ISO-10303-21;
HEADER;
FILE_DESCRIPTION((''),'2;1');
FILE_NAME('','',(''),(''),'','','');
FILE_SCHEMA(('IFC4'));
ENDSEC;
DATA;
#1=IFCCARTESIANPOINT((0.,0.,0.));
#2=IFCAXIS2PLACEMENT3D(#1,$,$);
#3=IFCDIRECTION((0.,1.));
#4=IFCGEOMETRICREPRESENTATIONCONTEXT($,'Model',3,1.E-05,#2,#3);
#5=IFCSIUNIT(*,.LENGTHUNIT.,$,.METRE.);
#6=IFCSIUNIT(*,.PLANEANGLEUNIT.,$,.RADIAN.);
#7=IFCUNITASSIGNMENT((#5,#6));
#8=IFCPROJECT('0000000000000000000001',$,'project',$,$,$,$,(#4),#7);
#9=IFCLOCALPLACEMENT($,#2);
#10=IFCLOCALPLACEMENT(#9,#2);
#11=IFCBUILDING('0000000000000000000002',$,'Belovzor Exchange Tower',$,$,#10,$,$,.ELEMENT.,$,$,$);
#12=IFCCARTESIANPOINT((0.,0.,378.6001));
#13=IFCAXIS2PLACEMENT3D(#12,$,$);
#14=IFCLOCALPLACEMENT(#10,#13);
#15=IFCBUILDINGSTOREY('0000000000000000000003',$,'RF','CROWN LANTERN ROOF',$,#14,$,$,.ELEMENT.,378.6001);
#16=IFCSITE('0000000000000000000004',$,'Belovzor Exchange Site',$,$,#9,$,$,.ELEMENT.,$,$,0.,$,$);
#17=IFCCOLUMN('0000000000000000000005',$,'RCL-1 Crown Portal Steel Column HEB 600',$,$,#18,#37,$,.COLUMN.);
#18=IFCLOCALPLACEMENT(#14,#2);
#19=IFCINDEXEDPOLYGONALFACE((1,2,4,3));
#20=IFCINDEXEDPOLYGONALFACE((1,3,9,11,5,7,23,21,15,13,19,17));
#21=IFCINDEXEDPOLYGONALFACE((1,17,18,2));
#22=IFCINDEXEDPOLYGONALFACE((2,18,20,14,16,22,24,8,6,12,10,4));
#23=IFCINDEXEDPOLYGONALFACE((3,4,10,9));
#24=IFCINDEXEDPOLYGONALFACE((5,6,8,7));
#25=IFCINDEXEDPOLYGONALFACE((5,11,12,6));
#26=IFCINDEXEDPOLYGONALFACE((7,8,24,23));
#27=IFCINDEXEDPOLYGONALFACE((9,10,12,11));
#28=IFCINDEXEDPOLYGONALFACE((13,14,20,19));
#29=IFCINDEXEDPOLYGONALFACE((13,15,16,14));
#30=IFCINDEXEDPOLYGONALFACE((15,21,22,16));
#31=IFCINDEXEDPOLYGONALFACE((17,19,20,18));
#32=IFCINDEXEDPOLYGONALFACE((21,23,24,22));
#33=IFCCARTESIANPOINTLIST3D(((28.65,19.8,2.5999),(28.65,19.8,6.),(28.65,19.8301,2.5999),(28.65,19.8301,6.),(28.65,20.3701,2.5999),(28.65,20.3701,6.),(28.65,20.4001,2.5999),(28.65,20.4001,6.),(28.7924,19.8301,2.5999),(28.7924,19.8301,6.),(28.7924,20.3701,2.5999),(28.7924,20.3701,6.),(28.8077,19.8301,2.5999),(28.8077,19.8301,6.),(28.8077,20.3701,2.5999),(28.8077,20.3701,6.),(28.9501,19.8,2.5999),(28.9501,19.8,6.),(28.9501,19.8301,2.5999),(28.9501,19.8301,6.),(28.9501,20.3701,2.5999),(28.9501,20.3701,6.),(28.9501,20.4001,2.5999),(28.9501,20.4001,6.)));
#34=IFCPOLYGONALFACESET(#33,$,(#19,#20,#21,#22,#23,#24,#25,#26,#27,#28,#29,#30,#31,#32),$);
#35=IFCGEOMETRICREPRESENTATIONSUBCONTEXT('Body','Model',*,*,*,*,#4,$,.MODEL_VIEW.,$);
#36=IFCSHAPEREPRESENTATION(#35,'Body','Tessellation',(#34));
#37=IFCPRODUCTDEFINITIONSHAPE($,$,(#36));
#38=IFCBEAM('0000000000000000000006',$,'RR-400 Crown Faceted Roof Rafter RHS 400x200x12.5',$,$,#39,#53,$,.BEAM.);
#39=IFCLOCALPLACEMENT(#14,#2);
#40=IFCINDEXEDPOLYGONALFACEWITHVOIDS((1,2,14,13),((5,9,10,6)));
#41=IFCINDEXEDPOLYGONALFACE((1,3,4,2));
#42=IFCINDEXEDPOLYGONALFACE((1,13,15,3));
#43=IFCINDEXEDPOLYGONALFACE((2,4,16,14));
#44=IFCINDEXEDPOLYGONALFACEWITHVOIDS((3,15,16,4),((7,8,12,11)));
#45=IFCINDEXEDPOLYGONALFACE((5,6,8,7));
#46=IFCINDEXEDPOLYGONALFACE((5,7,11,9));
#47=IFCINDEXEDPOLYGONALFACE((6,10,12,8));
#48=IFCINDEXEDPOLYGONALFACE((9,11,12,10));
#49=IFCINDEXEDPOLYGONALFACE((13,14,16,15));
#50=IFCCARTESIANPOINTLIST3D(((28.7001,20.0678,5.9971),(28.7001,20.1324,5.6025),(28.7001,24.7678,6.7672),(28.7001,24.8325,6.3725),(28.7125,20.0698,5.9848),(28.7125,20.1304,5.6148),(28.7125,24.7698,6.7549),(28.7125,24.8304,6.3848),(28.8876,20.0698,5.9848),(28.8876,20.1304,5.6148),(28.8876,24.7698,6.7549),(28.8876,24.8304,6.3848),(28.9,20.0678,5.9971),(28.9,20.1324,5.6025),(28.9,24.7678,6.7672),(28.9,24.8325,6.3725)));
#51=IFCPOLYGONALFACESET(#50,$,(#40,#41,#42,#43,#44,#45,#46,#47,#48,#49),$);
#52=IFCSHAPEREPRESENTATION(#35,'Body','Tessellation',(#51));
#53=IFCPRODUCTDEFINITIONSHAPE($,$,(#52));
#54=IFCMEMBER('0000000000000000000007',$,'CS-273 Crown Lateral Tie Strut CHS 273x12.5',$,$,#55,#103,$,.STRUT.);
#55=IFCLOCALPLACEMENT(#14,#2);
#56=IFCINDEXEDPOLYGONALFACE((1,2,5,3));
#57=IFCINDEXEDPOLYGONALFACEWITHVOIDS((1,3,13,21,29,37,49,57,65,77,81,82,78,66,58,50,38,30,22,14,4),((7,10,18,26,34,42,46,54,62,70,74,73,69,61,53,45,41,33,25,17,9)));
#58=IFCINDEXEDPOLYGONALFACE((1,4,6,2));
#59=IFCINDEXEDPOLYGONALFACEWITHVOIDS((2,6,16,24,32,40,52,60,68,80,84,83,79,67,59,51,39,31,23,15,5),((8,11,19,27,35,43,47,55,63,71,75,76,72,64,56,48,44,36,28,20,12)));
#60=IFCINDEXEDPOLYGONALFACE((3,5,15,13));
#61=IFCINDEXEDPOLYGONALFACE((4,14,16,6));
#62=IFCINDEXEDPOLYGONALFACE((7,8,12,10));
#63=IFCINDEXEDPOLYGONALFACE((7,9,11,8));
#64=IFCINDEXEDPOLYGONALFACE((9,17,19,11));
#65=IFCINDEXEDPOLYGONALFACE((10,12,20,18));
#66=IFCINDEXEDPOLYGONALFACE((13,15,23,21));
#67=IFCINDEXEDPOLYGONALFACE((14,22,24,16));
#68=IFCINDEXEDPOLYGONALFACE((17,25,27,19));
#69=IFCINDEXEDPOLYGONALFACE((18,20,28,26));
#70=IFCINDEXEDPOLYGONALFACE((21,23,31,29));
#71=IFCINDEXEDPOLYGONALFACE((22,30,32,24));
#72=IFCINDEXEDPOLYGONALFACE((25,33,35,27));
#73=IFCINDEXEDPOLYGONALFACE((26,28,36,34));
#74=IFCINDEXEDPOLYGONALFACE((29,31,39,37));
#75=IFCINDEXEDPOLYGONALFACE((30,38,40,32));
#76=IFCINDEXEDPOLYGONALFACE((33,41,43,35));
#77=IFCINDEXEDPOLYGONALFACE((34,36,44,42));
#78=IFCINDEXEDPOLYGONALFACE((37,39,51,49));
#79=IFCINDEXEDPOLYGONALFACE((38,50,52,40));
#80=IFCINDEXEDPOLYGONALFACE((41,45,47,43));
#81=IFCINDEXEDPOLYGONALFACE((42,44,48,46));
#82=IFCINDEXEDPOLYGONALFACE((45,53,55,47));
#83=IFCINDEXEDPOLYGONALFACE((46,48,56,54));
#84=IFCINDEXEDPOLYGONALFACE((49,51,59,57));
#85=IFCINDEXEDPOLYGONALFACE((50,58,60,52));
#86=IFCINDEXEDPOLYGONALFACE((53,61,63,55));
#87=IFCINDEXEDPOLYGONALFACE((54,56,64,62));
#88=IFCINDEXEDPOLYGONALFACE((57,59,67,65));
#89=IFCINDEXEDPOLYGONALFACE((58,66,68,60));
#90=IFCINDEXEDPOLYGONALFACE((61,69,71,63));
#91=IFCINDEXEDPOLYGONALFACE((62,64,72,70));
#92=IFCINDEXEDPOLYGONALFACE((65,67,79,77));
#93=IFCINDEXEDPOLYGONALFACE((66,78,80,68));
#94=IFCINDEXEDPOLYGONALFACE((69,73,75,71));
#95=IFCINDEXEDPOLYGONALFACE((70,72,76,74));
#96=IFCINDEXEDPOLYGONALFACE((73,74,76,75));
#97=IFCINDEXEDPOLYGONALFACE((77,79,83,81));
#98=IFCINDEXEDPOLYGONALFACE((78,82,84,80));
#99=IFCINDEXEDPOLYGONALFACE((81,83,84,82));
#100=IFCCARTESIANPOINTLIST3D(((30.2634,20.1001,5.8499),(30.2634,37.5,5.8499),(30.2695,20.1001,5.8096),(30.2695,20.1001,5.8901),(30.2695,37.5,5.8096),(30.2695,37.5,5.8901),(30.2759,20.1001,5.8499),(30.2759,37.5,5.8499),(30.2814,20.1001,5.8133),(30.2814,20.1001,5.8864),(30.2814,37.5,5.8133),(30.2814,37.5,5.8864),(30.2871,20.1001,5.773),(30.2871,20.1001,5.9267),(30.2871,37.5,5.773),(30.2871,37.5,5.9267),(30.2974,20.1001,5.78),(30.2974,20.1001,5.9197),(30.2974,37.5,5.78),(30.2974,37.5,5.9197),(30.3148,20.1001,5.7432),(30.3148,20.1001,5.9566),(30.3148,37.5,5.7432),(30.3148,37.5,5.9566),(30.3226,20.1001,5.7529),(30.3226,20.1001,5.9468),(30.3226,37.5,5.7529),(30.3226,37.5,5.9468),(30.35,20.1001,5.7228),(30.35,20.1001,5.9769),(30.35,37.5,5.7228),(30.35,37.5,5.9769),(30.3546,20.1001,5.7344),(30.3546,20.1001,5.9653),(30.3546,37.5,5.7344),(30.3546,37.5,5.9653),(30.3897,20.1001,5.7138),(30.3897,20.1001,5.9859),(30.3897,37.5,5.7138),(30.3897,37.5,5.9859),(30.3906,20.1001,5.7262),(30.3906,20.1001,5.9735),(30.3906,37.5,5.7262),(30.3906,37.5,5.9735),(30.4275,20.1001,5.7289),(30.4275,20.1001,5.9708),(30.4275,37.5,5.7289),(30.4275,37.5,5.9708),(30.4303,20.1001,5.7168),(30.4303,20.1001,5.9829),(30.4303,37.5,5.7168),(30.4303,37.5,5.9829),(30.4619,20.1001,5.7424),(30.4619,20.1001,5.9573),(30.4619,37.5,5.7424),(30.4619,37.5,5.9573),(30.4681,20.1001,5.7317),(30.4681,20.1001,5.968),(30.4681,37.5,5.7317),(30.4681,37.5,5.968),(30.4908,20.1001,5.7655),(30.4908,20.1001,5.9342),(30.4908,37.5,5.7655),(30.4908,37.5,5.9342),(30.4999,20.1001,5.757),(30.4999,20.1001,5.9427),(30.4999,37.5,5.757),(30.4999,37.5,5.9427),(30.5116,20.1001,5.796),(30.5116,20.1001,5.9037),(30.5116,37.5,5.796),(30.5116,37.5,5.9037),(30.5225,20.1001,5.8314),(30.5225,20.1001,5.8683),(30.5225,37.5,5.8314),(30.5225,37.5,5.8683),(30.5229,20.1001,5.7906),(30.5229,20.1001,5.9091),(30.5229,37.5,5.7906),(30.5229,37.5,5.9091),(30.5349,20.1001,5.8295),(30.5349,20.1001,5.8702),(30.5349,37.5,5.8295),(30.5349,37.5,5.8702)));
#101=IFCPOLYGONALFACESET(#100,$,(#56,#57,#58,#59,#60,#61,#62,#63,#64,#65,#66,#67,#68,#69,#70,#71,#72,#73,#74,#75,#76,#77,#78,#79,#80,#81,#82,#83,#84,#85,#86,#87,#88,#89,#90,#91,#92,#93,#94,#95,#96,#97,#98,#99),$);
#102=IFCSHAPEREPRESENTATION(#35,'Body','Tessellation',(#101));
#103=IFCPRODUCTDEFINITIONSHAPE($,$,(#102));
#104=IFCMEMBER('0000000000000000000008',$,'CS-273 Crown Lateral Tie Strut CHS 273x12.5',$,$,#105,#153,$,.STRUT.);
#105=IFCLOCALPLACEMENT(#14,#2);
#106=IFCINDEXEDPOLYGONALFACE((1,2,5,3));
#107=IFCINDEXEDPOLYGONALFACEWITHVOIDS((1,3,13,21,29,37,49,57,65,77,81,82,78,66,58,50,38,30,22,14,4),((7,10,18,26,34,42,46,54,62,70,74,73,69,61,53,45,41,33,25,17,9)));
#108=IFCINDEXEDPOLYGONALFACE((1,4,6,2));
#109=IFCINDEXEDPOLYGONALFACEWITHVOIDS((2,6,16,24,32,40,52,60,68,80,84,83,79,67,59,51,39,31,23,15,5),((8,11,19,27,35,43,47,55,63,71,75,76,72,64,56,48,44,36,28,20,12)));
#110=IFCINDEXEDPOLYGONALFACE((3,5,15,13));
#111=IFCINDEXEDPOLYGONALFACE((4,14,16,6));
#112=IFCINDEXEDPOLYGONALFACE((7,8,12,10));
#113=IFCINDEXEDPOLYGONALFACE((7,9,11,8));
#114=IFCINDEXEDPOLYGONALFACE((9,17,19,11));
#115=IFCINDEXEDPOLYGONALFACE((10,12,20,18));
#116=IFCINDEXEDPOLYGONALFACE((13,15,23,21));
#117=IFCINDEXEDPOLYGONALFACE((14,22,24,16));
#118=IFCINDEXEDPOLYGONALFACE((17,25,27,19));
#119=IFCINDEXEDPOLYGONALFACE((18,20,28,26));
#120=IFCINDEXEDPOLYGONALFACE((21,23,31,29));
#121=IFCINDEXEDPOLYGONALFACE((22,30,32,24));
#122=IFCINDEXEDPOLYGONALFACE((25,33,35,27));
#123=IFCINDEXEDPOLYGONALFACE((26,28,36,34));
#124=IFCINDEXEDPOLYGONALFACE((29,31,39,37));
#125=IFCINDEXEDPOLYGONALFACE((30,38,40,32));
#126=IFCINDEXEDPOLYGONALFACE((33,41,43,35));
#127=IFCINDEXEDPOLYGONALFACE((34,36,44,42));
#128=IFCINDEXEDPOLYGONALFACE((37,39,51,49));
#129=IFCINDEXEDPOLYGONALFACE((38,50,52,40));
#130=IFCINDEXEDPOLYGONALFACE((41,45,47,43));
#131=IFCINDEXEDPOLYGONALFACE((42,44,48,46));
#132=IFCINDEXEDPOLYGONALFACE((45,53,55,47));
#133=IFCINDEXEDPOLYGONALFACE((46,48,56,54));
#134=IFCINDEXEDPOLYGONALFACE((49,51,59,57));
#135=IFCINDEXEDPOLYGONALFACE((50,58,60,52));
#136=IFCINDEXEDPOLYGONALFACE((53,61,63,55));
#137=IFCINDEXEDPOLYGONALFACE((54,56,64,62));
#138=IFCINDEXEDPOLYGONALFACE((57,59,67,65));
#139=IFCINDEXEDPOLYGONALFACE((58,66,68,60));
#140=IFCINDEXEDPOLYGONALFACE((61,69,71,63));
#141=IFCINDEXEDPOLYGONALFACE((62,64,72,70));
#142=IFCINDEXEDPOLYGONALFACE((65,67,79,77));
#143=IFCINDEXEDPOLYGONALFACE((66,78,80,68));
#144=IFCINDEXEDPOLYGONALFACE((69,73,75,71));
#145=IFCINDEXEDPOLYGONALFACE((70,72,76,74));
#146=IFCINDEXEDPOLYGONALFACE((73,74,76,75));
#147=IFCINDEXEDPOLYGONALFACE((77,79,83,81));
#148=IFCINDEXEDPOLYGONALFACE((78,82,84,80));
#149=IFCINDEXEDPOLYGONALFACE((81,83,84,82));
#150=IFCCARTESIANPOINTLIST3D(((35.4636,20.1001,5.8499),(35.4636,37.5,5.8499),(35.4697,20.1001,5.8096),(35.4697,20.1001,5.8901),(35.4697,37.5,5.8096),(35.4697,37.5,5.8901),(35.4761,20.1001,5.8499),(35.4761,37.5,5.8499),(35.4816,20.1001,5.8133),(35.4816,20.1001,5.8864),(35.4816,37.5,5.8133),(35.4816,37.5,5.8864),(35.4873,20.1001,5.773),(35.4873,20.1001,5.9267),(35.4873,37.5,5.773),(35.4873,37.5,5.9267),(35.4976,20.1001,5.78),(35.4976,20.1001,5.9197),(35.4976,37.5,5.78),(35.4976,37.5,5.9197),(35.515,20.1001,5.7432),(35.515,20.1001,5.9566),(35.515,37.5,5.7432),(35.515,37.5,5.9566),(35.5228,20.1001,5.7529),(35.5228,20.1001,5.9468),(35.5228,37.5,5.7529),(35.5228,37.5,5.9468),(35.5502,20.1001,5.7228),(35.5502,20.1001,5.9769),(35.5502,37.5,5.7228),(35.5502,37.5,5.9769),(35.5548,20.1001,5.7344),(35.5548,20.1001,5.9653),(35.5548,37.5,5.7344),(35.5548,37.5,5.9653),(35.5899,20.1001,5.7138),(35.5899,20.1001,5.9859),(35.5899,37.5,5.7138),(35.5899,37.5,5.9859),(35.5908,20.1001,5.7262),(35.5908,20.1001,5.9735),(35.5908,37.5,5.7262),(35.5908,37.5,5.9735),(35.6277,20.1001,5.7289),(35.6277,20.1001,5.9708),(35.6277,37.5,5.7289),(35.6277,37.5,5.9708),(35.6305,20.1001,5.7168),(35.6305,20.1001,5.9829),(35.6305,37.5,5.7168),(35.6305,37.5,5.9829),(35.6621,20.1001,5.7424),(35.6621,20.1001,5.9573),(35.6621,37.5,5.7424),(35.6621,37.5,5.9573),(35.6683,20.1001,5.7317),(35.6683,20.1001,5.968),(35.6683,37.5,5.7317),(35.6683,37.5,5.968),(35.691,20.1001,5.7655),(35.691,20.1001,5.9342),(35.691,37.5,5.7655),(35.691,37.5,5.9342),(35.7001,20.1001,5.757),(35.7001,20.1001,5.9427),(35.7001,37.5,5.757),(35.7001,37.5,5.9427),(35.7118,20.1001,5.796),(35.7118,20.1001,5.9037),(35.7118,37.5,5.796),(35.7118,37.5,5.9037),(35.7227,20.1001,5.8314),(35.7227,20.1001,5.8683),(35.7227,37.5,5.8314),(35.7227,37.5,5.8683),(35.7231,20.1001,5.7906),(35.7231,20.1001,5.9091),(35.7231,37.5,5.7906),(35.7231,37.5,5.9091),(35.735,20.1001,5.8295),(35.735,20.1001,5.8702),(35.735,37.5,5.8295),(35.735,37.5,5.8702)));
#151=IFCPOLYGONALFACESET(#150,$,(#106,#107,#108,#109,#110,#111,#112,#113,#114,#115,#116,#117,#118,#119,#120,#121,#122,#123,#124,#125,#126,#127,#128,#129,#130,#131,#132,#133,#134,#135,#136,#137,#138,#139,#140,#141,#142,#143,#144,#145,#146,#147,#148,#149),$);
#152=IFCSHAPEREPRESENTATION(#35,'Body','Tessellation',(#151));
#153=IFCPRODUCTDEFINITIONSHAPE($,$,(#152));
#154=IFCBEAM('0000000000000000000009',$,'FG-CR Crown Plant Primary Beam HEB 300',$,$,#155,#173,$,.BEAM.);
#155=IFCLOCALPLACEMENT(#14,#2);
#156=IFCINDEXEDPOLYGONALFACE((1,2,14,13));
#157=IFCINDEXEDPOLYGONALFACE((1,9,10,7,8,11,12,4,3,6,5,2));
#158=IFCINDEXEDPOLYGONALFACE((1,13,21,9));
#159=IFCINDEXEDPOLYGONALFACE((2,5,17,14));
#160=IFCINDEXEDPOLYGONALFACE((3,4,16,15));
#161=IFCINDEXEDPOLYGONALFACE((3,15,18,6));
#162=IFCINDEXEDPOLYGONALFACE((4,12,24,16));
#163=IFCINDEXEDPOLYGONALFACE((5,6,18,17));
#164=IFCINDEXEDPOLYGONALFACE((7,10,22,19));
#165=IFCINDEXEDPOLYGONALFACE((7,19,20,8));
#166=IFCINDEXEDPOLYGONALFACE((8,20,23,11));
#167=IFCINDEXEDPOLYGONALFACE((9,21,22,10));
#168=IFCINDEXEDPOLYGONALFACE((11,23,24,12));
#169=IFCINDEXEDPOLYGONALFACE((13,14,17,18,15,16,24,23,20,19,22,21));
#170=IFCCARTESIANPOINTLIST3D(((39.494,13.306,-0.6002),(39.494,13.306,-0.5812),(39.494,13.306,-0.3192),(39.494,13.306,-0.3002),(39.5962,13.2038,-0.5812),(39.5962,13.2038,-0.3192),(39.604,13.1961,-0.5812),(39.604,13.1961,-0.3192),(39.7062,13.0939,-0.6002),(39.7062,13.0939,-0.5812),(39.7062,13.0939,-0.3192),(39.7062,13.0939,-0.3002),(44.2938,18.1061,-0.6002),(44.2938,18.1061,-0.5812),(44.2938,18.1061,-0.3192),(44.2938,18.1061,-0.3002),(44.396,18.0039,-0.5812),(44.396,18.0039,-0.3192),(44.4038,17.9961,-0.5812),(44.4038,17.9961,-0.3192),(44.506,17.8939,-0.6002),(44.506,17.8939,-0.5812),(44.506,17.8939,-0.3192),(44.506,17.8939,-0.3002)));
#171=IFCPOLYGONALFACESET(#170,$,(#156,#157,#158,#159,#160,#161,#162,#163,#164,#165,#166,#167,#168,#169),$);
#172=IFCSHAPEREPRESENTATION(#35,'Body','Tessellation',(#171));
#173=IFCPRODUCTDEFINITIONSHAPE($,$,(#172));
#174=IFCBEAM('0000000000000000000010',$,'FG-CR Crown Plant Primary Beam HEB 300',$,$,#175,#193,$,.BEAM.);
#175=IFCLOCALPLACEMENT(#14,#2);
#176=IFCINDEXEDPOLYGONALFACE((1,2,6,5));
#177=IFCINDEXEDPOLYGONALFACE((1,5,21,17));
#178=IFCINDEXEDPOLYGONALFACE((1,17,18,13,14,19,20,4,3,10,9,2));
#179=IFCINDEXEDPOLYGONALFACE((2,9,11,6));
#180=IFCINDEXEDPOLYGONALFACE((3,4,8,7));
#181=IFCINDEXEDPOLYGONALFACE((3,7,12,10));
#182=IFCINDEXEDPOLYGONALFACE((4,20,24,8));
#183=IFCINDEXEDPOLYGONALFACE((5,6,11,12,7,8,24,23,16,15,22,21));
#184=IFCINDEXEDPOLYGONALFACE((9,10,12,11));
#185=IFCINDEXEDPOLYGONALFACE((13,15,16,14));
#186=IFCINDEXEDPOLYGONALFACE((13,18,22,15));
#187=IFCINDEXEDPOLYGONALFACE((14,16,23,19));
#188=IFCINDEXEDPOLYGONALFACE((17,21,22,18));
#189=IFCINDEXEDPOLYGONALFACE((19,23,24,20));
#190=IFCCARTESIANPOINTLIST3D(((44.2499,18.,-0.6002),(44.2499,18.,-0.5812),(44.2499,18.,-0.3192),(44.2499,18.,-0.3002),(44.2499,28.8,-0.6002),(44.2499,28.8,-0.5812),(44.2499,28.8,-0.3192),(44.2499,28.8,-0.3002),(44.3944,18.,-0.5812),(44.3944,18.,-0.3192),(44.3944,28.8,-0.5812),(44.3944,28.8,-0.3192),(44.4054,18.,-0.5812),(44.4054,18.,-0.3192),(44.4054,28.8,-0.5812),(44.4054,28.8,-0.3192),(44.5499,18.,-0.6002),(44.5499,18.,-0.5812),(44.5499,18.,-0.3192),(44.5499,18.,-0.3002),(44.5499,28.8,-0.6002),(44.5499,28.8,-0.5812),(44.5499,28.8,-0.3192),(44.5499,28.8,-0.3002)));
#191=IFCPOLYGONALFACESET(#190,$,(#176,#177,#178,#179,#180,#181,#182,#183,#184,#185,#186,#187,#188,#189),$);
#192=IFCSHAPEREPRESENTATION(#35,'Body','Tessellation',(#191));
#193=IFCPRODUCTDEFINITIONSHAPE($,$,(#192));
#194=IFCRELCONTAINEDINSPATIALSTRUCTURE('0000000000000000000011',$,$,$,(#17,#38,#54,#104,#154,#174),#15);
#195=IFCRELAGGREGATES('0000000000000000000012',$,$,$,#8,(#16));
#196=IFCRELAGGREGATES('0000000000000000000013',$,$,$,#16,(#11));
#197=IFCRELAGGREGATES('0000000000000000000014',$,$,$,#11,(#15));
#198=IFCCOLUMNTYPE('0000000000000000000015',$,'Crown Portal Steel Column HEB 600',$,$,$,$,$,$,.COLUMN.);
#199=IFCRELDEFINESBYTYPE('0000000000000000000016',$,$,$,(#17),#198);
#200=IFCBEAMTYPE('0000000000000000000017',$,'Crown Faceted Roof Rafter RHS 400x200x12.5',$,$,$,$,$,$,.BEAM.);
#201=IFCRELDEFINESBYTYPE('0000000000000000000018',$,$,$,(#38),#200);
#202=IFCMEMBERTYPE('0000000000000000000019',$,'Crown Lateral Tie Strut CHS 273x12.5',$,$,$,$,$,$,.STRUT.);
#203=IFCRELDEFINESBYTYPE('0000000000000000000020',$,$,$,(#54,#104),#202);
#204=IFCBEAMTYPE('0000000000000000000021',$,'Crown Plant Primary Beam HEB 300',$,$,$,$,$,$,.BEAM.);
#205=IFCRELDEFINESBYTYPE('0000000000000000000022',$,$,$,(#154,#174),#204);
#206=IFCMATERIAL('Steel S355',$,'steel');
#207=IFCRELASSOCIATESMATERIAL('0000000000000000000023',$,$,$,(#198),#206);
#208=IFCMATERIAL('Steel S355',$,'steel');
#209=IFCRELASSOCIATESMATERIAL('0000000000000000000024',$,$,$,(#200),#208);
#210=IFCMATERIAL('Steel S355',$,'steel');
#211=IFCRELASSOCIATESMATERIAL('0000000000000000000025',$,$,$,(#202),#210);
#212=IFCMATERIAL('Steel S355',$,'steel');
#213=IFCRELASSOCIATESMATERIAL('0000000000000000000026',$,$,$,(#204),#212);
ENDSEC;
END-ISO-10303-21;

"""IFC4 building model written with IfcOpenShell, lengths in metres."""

from ifc_helpers import new_model, si_unit, direction, frame, origin, origin_2d, place, context, subcontext, project, spatial, hollow_rectangle, hollow_circle, i_section, extrude, material, material_profile, profile_set, type_object, element, save


model = new_model("IFC4")

# Units and contexts
model_context = context("Model", 3, precision=1e-05, world=origin(), true_north=direction((0.0, 1.0)))
body_context = subcontext(model_context, "Body", "Model", "MODEL_VIEW")
ifc_project = project(units=[si_unit("LENGTHUNIT", "METRE"), si_unit("PLANEANGLEUNIT", "RADIAN")], contexts=[model_context])

# Site, building, storey
site_placement = place(None, origin())
site = spatial("IfcSite", under=ifc_project, at=site_placement, Name="Belovzor Exchange Site", CompositionType="ELEMENT", RefElevation=0.0)
building_placement = place(site_placement, origin())
building = spatial("IfcBuilding", under=site, at=building_placement, Name="Belovzor Exchange Tower", CompositionType="ELEMENT")
storey_placement = place(building_placement, frame((0.0, 0.0, 378.6001)))
storey = spatial("IfcBuildingStorey", under=building, at=storey_placement, Name="RF", Description="CROWN LANTERN ROOF", CompositionType="ELEMENT", Elevation=378.6001)

# Column
ifc_material_1 = material(Name="Steel S355", Category="steel")
ifc_material_profile_1 = material_profile(ifc_material_1, i_section(OverallWidth=0.3, OverallDepth=0.6001, WebThickness=0.0154, FlangeThickness=0.03, at=origin_2d()))
ifc_profile_set_1 = profile_set([ifc_material_profile_1], Name="Steel S355")
column_type = type_object("IfcColumnType", Name="Crown Portal Steel Column HEB 600", PredefinedType="COLUMN", material=ifc_profile_set_1)
column_placement = place(storey_placement, frame((28.8, 20.1001, 2.5999), z_axis=(0.0, 0.0, 1.0), x_axis=(1.0, 0.0, 0.0)))
element("IfcColumn", 1, at=column_placement, inside=storey, type_object=column_type, Name="RCL-1 Crown Portal Steel Column HEB 600", PredefinedType="COLUMN", context=body_context, shape_type="SweptSolid", body=[
    extrude(i_section(OverallWidth=0.3, OverallDepth=0.6001, WebThickness=0.0154, FlangeThickness=0.03, at=origin_2d()), origin(), (0.0, 0.0, 1.0), 3.4001),
])

# Beam
ifc_material_2 = material(Name="Steel S355", Category="steel")
ifc_material_profile_2 = material_profile(ifc_material_2, hollow_rectangle(XDim=0.2, YDim=0.3999, WallThickness=0.0125, at=origin_2d()))
ifc_profile_set_2 = profile_set([ifc_material_profile_2], Name="Steel S355")
beam_type_1 = type_object("IfcBeamType", Name="Crown Faceted Roof Rafter RHS 400x200x12.5", PredefinedType="BEAM", material=ifc_profile_set_2)
beam_1_placement = place(storey_placement, frame((28.8, 20.1001, 5.7998), z_axis=(0.0, 0.986843, 0.16168), x_axis=(-1.0, 0.0, 0.0)))
element("IfcBeam", 2, at=beam_1_placement, inside=storey, type_object=beam_type_1, Name="RR-400 Crown Faceted Roof Rafter RHS 400x200x12.5", PredefinedType="BEAM", context=body_context, shape_type="SweptSolid", body=[
    extrude(hollow_rectangle(XDim=0.2, YDim=0.3999, WallThickness=0.0125, at=origin_2d()), origin(), (0.0, 0.0, 1.0), 4.7627),
])

# Members
ifc_material_3 = material(Name="Steel S355", Category="steel")
ifc_material_profile_3 = material_profile(ifc_material_3, hollow_circle(Radius=0.1365, WallThickness=0.0125, at=origin_2d()))
ifc_profile_set_3 = profile_set([ifc_material_profile_3], Name="Steel S355")
member_type_1 = type_object("IfcMemberType", Name="Crown Lateral Tie Strut CHS 273x12.5", PredefinedType="STRUT", material=ifc_profile_set_3)
for number, where, z_axis, x_axis, name in (
    (3, (30.3999, 20.1001, 5.8499), (0.0, 1.0, 0.0), (-1.0, 0.0, 0.0), "CS-273 Crown Lateral Tie Strut CHS 273x12.5"),
    (4, (35.6001, 20.1001, 5.8499), (0.0, 1.0, 0.0), (-1.0, 0.0, 0.0), "CS-273 Crown Lateral Tie Strut CHS 273x12.5"),
):
    element("IfcMember", number, at=place(storey_placement, frame(where, z_axis=z_axis, x_axis=x_axis)), inside=storey, type_object=member_type_1, Name=name, PredefinedType="STRUT", context=body_context, shape_type="SweptSolid", body=[
        extrude(hollow_circle(Radius=0.1365, WallThickness=0.0125, at=origin_2d()), origin(), (0.0, 0.0, 1.0), 17.3999),
    ])

# Beams
ifc_material_4 = material(Name="Steel S355", Category="steel")
ifc_material_profile_4 = material_profile(ifc_material_4, i_section(OverallWidth=0.3, OverallDepth=0.3, WebThickness=0.011, FlangeThickness=0.019, at=origin_2d()))
ifc_profile_set_4 = profile_set([ifc_material_profile_4], Name="Steel S355")
beam_type_2 = type_object("IfcBeamType", Name="Crown Plant Primary Beam HEB 300", PredefinedType="BEAM", material=ifc_profile_set_4)
beam_2_placement = place(storey_placement, frame((39.6001, 13.2, -0.4502), z_axis=(0.707089, 0.707125, 0.0), x_axis=(-0.707125, 0.707089, 0.0)))
element("IfcBeam", 5, at=beam_2_placement, inside=storey, type_object=beam_type_2, Name="FG-CR Crown Plant Primary Beam HEB 300", PredefinedType="BEAM", context=body_context, shape_type="SweptSolid", body=[
    extrude(i_section(OverallWidth=0.3, OverallDepth=0.3, WebThickness=0.011, FlangeThickness=0.019, at=origin_2d()), origin(), (0.0, 0.0, 1.0), 6.7881),
])
beam_3_placement = place(storey_placement, frame((44.3999, 18.0, -0.4502), z_axis=(0.0, 1.0, 0.0), x_axis=(-1.0, 0.0, 0.0)))
element("IfcBeam", 6, at=beam_3_placement, inside=storey, type_object=beam_type_2, Name="FG-CR Crown Plant Primary Beam HEB 300", PredefinedType="BEAM", context=body_context, shape_type="SweptSolid", body=[
    extrude(i_section(OverallWidth=0.3, OverallDepth=0.3, WebThickness=0.011, FlangeThickness=0.019, at=origin_2d()), origin(), (0.0, 0.0, 1.0), 10.8),
])

save(model, "model.ifc")
